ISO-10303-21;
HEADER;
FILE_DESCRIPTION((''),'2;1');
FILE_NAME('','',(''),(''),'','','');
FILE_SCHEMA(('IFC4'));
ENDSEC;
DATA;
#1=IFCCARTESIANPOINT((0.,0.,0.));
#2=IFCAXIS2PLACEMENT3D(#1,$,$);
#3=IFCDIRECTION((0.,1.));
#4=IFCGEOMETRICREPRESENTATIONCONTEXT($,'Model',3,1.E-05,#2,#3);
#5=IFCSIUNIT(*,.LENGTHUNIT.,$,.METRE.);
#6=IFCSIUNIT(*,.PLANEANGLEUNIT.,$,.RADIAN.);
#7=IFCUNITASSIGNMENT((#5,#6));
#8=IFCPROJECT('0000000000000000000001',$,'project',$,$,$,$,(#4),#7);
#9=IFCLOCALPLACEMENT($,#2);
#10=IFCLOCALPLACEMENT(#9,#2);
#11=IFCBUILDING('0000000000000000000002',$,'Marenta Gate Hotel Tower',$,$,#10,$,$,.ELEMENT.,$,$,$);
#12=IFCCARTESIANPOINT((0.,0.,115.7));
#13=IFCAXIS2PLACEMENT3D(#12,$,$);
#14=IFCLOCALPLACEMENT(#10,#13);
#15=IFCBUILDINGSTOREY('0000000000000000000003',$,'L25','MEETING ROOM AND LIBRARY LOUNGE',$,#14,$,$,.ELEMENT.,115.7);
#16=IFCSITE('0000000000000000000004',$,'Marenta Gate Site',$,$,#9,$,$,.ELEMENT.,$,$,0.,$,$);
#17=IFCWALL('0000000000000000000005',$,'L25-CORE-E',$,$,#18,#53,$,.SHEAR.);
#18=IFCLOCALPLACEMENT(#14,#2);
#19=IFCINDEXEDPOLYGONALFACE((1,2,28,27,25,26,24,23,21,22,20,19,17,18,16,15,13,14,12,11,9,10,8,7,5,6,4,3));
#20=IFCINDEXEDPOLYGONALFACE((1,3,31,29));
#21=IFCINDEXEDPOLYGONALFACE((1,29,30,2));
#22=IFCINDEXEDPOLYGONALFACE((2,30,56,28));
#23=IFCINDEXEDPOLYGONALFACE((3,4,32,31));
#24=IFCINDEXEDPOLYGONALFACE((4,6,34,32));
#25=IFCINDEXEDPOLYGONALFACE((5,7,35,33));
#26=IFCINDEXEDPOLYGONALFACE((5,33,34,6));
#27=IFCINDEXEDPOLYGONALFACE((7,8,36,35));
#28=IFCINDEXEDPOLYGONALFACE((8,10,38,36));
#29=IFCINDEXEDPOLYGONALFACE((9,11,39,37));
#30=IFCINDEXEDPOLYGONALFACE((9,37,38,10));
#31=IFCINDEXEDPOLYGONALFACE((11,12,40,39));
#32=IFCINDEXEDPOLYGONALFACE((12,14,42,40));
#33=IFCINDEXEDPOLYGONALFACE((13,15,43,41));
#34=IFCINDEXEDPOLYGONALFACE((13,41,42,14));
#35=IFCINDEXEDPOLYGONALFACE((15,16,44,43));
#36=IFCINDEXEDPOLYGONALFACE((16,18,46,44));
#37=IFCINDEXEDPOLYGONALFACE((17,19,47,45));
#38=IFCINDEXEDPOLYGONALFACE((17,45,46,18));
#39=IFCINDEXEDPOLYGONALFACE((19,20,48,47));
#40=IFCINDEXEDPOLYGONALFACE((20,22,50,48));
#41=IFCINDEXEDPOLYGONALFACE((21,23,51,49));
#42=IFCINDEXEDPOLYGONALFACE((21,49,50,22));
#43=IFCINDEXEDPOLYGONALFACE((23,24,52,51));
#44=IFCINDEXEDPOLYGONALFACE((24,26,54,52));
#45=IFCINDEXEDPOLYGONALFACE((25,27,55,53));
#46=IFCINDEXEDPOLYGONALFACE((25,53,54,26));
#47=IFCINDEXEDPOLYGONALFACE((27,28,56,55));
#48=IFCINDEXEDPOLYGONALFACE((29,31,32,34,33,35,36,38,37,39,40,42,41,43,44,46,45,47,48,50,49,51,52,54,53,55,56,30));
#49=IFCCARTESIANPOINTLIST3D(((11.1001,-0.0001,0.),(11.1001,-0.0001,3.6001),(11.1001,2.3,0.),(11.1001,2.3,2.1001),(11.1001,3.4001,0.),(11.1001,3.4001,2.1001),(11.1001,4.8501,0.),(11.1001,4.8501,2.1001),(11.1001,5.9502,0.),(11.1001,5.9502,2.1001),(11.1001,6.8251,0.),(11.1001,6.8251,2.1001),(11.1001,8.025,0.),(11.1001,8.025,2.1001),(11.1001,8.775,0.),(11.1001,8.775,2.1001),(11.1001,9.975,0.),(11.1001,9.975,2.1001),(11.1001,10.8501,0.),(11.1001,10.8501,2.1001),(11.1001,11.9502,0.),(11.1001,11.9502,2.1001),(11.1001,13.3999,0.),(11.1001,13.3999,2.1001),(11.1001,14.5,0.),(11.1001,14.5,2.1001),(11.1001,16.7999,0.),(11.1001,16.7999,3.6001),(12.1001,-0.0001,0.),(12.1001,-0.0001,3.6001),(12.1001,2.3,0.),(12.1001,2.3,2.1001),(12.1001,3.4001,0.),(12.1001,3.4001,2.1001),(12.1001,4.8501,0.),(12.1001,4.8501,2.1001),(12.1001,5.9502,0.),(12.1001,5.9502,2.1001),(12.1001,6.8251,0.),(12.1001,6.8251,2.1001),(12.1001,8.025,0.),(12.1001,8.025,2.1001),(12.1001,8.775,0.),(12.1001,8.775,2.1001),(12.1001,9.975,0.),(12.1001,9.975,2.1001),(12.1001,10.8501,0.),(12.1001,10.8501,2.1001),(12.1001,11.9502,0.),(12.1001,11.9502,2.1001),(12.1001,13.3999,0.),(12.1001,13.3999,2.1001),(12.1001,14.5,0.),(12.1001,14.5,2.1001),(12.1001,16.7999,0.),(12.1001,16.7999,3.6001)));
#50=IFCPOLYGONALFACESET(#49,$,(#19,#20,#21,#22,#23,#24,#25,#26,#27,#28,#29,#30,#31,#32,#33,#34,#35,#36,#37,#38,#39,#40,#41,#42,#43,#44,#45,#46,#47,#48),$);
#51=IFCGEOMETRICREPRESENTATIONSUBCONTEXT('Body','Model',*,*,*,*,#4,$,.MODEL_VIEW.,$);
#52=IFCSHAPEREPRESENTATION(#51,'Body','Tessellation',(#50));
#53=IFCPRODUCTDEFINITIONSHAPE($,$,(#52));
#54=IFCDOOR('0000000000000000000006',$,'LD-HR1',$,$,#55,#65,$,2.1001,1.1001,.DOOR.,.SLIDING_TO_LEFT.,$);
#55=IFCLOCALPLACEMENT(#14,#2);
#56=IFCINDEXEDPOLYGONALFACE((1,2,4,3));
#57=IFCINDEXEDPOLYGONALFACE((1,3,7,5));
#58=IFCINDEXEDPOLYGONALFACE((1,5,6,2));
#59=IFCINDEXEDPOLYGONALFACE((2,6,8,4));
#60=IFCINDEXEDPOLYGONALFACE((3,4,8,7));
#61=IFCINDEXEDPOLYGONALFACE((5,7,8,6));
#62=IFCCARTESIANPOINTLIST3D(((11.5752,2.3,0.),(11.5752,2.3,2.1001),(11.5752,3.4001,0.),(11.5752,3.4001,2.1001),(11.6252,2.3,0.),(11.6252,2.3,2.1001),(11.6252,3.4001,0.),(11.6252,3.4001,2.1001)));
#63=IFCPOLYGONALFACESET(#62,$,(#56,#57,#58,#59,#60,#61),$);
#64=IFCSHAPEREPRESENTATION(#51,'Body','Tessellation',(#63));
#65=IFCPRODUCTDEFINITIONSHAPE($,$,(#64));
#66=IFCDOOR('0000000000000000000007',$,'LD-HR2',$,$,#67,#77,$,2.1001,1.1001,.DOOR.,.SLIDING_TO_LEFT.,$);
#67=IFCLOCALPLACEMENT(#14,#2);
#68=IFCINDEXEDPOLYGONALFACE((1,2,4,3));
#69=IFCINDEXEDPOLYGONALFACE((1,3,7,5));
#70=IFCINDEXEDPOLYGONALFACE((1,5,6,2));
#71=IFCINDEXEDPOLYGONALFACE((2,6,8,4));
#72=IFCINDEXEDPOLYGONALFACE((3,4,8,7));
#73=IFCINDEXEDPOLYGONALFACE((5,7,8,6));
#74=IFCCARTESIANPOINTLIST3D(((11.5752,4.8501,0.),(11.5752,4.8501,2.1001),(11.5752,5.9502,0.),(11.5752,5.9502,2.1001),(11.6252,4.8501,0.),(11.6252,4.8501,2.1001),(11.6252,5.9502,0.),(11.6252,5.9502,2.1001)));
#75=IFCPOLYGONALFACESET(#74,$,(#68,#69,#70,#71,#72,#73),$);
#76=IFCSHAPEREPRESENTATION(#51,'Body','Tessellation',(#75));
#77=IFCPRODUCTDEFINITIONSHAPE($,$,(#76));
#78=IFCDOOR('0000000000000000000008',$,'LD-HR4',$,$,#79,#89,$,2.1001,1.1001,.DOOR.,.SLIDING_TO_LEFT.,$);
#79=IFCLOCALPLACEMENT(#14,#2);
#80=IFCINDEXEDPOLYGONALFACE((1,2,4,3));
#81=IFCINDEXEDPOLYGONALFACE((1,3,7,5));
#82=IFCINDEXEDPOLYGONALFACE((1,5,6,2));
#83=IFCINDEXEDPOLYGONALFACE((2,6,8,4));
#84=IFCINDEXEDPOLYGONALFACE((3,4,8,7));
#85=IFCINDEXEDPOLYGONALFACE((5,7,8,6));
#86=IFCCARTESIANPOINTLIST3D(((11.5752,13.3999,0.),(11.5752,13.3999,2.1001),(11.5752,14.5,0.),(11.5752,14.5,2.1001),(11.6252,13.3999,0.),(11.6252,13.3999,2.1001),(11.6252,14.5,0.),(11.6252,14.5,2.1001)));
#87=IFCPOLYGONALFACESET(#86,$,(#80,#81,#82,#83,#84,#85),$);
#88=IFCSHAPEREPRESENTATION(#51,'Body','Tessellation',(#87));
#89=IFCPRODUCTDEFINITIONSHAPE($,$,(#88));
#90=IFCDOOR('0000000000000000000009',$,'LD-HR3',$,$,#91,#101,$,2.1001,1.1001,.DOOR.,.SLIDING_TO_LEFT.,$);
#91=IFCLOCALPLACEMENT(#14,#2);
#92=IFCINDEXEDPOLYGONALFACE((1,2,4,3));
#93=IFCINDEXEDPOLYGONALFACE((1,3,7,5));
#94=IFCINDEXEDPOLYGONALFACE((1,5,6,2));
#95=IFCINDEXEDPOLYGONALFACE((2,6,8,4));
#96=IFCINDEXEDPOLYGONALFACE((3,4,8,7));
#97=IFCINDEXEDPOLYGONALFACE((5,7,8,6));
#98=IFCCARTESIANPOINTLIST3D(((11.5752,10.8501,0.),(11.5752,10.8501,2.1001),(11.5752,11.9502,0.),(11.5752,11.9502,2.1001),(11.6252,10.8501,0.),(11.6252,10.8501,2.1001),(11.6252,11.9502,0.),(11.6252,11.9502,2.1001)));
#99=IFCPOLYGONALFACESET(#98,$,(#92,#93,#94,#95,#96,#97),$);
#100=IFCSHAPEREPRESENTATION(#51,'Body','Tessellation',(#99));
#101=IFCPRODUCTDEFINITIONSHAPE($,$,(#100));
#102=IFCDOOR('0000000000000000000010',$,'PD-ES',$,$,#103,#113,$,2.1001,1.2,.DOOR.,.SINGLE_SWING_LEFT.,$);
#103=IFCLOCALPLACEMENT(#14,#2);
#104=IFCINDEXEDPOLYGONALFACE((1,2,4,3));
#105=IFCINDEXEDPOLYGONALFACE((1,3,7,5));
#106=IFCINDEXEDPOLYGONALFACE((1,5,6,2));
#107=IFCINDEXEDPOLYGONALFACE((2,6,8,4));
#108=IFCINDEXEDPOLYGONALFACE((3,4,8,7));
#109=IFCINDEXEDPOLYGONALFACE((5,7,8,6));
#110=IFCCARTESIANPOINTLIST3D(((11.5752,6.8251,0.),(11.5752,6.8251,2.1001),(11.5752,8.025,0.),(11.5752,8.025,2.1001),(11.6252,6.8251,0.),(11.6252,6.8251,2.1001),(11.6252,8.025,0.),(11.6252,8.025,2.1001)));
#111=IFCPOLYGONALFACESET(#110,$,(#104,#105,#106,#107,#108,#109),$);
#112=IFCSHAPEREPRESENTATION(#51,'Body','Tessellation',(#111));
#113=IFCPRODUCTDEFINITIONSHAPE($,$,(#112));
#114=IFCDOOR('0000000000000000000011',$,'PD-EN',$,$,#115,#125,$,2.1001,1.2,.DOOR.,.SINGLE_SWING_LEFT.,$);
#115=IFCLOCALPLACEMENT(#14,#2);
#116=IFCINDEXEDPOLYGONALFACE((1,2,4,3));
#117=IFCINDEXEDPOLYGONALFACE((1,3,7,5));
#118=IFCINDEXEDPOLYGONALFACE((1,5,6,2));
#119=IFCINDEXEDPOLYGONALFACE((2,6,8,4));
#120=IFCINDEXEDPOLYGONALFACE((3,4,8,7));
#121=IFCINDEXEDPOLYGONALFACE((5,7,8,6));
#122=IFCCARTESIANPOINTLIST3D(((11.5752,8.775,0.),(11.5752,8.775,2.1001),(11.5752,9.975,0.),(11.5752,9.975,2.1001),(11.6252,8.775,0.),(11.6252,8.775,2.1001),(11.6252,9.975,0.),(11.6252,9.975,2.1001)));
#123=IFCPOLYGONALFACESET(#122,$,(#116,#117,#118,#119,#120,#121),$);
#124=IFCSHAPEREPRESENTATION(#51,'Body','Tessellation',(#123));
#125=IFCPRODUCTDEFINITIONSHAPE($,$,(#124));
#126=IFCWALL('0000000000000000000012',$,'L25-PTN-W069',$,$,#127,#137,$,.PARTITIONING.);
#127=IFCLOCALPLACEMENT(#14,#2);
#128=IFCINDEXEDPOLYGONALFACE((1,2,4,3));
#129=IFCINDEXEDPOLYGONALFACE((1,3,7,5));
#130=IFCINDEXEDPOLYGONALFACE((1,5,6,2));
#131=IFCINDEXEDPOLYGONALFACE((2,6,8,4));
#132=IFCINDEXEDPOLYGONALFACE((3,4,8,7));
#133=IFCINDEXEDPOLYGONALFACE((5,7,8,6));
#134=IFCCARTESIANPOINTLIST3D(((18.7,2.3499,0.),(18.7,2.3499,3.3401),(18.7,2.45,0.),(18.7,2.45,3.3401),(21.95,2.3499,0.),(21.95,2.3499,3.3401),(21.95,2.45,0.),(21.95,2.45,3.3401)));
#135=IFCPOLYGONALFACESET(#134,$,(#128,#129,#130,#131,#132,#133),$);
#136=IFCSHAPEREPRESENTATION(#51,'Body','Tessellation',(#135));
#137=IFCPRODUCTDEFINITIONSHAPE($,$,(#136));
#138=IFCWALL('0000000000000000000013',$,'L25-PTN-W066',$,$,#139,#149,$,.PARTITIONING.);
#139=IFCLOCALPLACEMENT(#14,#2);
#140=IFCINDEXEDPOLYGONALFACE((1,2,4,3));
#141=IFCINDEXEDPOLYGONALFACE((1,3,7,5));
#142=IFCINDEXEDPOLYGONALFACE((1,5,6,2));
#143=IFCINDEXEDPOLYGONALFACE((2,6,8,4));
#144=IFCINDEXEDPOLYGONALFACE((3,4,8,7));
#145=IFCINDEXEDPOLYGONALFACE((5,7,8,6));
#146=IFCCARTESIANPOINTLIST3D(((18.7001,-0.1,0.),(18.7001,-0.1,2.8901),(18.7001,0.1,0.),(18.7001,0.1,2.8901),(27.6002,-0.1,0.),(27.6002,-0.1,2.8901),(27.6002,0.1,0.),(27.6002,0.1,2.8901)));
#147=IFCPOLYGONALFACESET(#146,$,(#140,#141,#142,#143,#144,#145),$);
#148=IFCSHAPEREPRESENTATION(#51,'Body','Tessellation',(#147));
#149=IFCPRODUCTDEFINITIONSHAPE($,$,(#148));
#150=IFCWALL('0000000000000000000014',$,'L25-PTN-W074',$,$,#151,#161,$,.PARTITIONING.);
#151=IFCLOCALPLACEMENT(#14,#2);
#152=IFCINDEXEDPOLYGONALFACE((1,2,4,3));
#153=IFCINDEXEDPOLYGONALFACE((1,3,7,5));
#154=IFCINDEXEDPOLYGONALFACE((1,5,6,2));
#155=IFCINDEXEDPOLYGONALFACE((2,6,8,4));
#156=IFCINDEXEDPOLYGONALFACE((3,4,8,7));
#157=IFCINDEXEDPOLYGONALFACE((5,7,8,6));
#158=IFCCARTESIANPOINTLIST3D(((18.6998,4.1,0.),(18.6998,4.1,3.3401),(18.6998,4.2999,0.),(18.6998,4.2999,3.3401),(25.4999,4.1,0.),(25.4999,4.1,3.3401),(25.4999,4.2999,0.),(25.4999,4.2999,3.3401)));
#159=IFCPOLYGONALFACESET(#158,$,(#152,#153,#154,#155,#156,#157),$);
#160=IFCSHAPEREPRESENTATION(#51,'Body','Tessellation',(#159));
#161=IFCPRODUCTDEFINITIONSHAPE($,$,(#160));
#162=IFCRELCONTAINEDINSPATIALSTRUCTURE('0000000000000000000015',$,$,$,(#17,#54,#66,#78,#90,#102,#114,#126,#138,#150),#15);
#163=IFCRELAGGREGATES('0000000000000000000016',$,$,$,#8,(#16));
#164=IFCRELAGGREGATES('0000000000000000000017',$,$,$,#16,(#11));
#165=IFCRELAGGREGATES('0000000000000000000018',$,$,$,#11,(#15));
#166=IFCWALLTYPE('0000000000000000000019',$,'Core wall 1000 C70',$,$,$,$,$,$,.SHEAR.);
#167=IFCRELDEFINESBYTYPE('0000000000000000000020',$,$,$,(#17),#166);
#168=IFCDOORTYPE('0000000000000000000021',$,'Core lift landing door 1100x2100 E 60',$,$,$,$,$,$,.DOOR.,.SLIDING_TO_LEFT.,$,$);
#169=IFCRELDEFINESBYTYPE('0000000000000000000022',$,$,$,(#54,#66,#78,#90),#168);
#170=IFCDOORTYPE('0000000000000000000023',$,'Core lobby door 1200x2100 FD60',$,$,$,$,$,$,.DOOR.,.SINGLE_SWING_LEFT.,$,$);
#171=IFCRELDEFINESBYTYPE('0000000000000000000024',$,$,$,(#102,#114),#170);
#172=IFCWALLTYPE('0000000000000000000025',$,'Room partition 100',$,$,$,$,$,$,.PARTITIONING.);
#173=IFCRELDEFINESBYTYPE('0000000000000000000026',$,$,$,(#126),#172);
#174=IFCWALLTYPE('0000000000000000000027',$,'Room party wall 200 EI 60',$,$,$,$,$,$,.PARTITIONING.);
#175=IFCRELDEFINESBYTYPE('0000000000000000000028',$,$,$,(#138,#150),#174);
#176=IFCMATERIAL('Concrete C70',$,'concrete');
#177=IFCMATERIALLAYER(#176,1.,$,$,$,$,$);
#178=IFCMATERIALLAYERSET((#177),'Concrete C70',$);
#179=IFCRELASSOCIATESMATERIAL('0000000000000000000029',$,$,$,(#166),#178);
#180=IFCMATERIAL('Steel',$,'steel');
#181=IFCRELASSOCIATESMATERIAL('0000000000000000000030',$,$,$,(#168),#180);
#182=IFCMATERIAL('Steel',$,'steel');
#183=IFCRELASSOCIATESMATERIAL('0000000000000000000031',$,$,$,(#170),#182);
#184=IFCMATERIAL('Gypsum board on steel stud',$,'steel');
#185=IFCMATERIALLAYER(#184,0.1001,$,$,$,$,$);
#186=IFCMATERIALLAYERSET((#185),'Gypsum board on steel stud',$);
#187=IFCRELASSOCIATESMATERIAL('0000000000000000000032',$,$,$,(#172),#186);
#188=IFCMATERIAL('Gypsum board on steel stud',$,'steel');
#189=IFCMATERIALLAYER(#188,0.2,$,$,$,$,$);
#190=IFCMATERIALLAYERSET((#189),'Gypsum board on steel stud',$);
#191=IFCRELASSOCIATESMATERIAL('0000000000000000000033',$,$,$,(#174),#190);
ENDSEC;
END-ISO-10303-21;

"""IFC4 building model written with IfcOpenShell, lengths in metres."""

from ifc_helpers import new_model, si_unit, direction, frame, frame_2d, origin, place, context, subcontext, project, spatial, rectangle, extrude, material, layer, layer_set, type_object, element, fill, save


model = new_model("IFC4")

# Units and contexts
model_context = context("Model", 3, precision=1e-05, world=origin(), true_north=direction((0.0, 1.0)))
body_context = subcontext(model_context, "Body", "Model", "MODEL_VIEW")
ifc_project = project(units=[si_unit("LENGTHUNIT", "METRE"), si_unit("PLANEANGLEUNIT", "RADIAN")], contexts=[model_context])

# Site, building, storey
site_placement = place(None, origin())
site = spatial("IfcSite", under=ifc_project, at=site_placement, Name="Marenta Gate Site", CompositionType="ELEMENT", RefElevation=0.0)
building_placement = place(site_placement, origin())
building = spatial("IfcBuilding", under=site, at=building_placement, Name="Marenta Gate Hotel Tower", CompositionType="ELEMENT")
storey_placement = place(building_placement, frame((0.0, 0.0, 115.7)))
storey = spatial("IfcBuildingStorey", under=building, at=storey_placement, Name="L25", Description="MEETING ROOM AND LIBRARY LOUNGE", CompositionType="ELEMENT", Elevation=115.7)

# Wall, openings, doors
ifc_material_1 = material(Name="Concrete C70", Category="concrete")
ifc_layer_1 = layer(ifc_material_1, 1.0)
ifc_layer_set_1 = layer_set([ifc_layer_1], Name="Concrete C70")
wall_type_1 = type_object("IfcWallType", Name="Core wall 1000 C70", PredefinedType="SHEAR", material=ifc_layer_set_1)
wall_1_placement = place(storey_placement, frame((11.6001, 0.0, 0.0), z_axis=(0.0, 0.0, 1.0), x_axis=(0.0, 1.0, 0.0)))
wall_1 = element("IfcWall", 1, at=wall_1_placement, inside=storey, type_object=wall_type_1, Name="L25-CORE-E", PredefinedType="SHEAR", context=body_context, shape_type="SweptSolid", body=[
    extrude(rectangle(XDim=16.8, YDim=1.0, at=frame_2d((8.3999, 0.0))), origin(), (0.0, 0.0, 1.0), 3.6001),
])
opening_1_placement = place(wall_1_placement, frame((2.3, 0.0, 0.0)))
opening_1 = element("IfcOpeningElement", 2, at=opening_1_placement, cuts=wall_1, PredefinedType="OPENING", context=body_context, shape_type="SweptSolid", body=[
    extrude(rectangle(XDim=1.1001, YDim=2.1001, at=frame_2d((0.55, 1.05))), frame((0.0, 0.5, 0.0), z_axis=(0.0, -1.0, 0.0), x_axis=(1.0, 0.0, 0.0)), (0.0, 0.0, 1.0), 1.0),
])
opening_2_placement = place(wall_1_placement, frame((4.8501, 0.0, 0.0)))
opening_2 = element("IfcOpeningElement", 3, at=opening_2_placement, cuts=wall_1, PredefinedType="OPENING", context=body_context, shape_type="SweptSolid", body=[
    extrude(rectangle(XDim=1.1001, YDim=2.1001, at=frame_2d((0.55, 1.05))), frame((0.0, 0.5, 0.0), z_axis=(0.0, -1.0, 0.0), x_axis=(1.0, 0.0, 0.0)), (0.0, 0.0, 1.0), 1.0),
])
opening_3_placement = place(wall_1_placement, frame((6.825, 0.0, 0.0)))
opening_3 = element("IfcOpeningElement", 4, at=opening_3_placement, cuts=wall_1, PredefinedType="OPENING", context=body_context, shape_type="SweptSolid", body=[
    extrude(rectangle(XDim=1.2, YDim=2.1001, at=frame_2d((0.6001, 1.05))), frame((0.0, 0.5, 0.0), z_axis=(0.0, -1.0, 0.0), x_axis=(1.0, 0.0, 0.0)), (0.0, 0.0, 1.0), 1.0),
])
opening_4_placement = place(wall_1_placement, frame((13.3999, 0.0, 0.0)))
opening_4 = element("IfcOpeningElement", 5, at=opening_4_placement, cuts=wall_1, PredefinedType="OPENING", context=body_context, shape_type="SweptSolid", body=[
    extrude(rectangle(XDim=1.1001, YDim=2.1001, at=frame_2d((0.55, 1.05))), frame((0.0, 0.5, 0.0), z_axis=(0.0, -1.0, 0.0), x_axis=(1.0, 0.0, 0.0)), (0.0, 0.0, 1.0), 1.0),
])
opening_5_placement = place(wall_1_placement, frame((10.8501, 0.0, 0.0)))
opening_5 = element("IfcOpeningElement", 6, at=opening_5_placement, cuts=wall_1, PredefinedType="OPENING", context=body_context, shape_type="SweptSolid", body=[
    extrude(rectangle(XDim=1.1001, YDim=2.1001, at=frame_2d((0.55, 1.05))), frame((0.0, 0.5, 0.0), z_axis=(0.0, -1.0, 0.0), x_axis=(1.0, 0.0, 0.0)), (0.0, 0.0, 1.0), 1.0),
])
opening_6_placement = place(wall_1_placement, frame((8.7749, 0.0, 0.0)))
opening_6 = element("IfcOpeningElement", 7, at=opening_6_placement, cuts=wall_1, PredefinedType="OPENING", context=body_context, shape_type="SweptSolid", body=[
    extrude(rectangle(XDim=1.2, YDim=2.1001, at=frame_2d((0.6001, 1.05))), frame((0.0, 0.5, 0.0), z_axis=(0.0, -1.0, 0.0), x_axis=(1.0, 0.0, 0.0)), (0.0, 0.0, 1.0), 1.0),
])
ifc_material_2 = material(Name="Steel", Category="steel")
door_type_1 = type_object("IfcDoorType", Name="Core lift landing door 1100x2100 E 60", OperationType="SLIDING_TO_LEFT", PredefinedType="DOOR", material=ifc_material_2)
door_1_placement = place(opening_1_placement, origin())
door_1 = element("IfcDoor", 8, at=door_1_placement, inside=storey, type_object=door_type_1, Name="LD-HR1", OperationType="SLIDING_TO_LEFT", OverallHeight=2.1001, OverallWidth=1.1001, PredefinedType="DOOR", context=body_context, shape_type="SweptSolid", body=[
    extrude(rectangle(XDim=1.1001, YDim=2.1001, at=frame_2d((0.55, 1.05))), frame((0.0, 0.0249, 0.0), z_axis=(0.0, -1.0, 0.0), x_axis=(1.0, 0.0, 0.0)), (0.0, 0.0, 1.0), 0.05),
])
fill(opening_1, door_1)
door_2_placement = place(opening_2_placement, origin())
door_2 = element("IfcDoor", 9, at=door_2_placement, inside=storey, type_object=door_type_1, Name="LD-HR2", OperationType="SLIDING_TO_LEFT", OverallHeight=2.1001, OverallWidth=1.1001, PredefinedType="DOOR", context=body_context, shape_type="SweptSolid", body=[
    extrude(rectangle(XDim=1.1001, YDim=2.1001, at=frame_2d((0.55, 1.05))), frame((0.0, 0.0249, 0.0), z_axis=(0.0, -1.0, 0.0), x_axis=(1.0, 0.0, 0.0)), (0.0, 0.0, 1.0), 0.05),
])
fill(opening_2, door_2)
door_3_placement = place(opening_4_placement, origin())
door_3 = element("IfcDoor", 10, at=door_3_placement, inside=storey, type_object=door_type_1, Name="LD-HR4", OperationType="SLIDING_TO_LEFT", OverallHeight=2.1001, OverallWidth=1.1001, PredefinedType="DOOR", context=body_context, shape_type="SweptSolid", body=[
    extrude(rectangle(XDim=1.1001, YDim=2.1001, at=frame_2d((0.55, 1.05))), frame((0.0, 0.0249, 0.0), z_axis=(0.0, -1.0, 0.0), x_axis=(1.0, 0.0, 0.0)), (0.0, 0.0, 1.0), 0.05),
])
fill(opening_4, door_3)
door_4_placement = place(opening_5_placement, origin())
door_4 = element("IfcDoor", 11, at=door_4_placement, inside=storey, type_object=door_type_1, Name="LD-HR3", OperationType="SLIDING_TO_LEFT", OverallHeight=2.1001, OverallWidth=1.1001, PredefinedType="DOOR", context=body_context, shape_type="SweptSolid", body=[
    extrude(rectangle(XDim=1.1001, YDim=2.1001, at=frame_2d((0.55, 1.05))), frame((0.0, 0.0249, 0.0), z_axis=(0.0, -1.0, 0.0), x_axis=(1.0, 0.0, 0.0)), (0.0, 0.0, 1.0), 0.05),
])
fill(opening_5, door_4)
ifc_material_3 = material(Name="Steel", Category="steel")
door_type_2 = type_object("IfcDoorType", Name="Core lobby door 1200x2100 FD60", OperationType="SINGLE_SWING_LEFT", PredefinedType="DOOR", material=ifc_material_3)
door_5_placement = place(opening_3_placement, origin())
door_5 = element("IfcDoor", 12, at=door_5_placement, inside=storey, type_object=door_type_2, Name="PD-ES", OperationType="SINGLE_SWING_LEFT", OverallHeight=2.1001, OverallWidth=1.2, PredefinedType="DOOR", context=body_context, shape_type="SweptSolid", body=[
    extrude(rectangle(XDim=1.2, YDim=2.1001, at=frame_2d((0.6001, 1.05))), frame((0.0, 0.0249, 0.0), z_axis=(0.0, -1.0, 0.0), x_axis=(1.0, 0.0, 0.0)), (0.0, 0.0, 1.0), 0.05),
])
fill(opening_3, door_5)
door_6_placement = place(opening_6_placement, origin())
door_6 = element("IfcDoor", 13, at=door_6_placement, inside=storey, type_object=door_type_2, Name="PD-EN", OperationType="SINGLE_SWING_LEFT", OverallHeight=2.1001, OverallWidth=1.2, PredefinedType="DOOR", context=body_context, shape_type="SweptSolid", body=[
    extrude(rectangle(XDim=1.2, YDim=2.1001, at=frame_2d((0.6001, 1.05))), frame((0.0, 0.0249, 0.0), z_axis=(0.0, -1.0, 0.0), x_axis=(1.0, 0.0, 0.0)), (0.0, 0.0, 1.0), 0.05),
])
fill(opening_6, door_6)

# Walls
ifc_material_4 = material(Name="Gypsum board on steel stud", Category="steel")
ifc_layer_2 = layer(ifc_material_4, 0.1001)
ifc_layer_set_2 = layer_set([ifc_layer_2], Name="Gypsum board on steel stud")
wall_type_2 = type_object("IfcWallType", Name="Room partition 100", PredefinedType="PARTITIONING", material=ifc_layer_set_2)
wall_2_placement = place(storey_placement, frame((18.7, 2.3999, 0.0), z_axis=(0.0, 0.0, 1.0), x_axis=(1.0, 0.0, 0.0)))
element("IfcWall", 14, at=wall_2_placement, inside=storey, type_object=wall_type_2, Name="L25-PTN-W069", PredefinedType="PARTITIONING", context=body_context, shape_type="SweptSolid", body=[
    extrude(rectangle(XDim=3.25, YDim=0.1001, at=frame_2d((1.625, 0.0))), origin(), (0.0, 0.0, 1.0), 3.3401),
])
ifc_material_5 = material(Name="Gypsum board on steel stud", Category="steel")
ifc_layer_3 = layer(ifc_material_5, 0.2)
ifc_layer_set_3 = layer_set([ifc_layer_3], Name="Gypsum board on steel stud")
wall_type_3 = type_object("IfcWallType", Name="Room party wall 200 EI 60", PredefinedType="PARTITIONING", material=ifc_layer_set_3)
wall_3_placement = place(storey_placement, frame((18.7, 0.0, 0.0), z_axis=(0.0, 0.0, 1.0), x_axis=(1.0, 0.0, 0.0)))
element("IfcWall", 15, at=wall_3_placement, inside=storey, type_object=wall_type_3, Name="L25-PTN-W066", PredefinedType="PARTITIONING", context=body_context, shape_type="SweptSolid", body=[
    extrude(rectangle(XDim=8.9001, YDim=0.2, at=frame_2d((4.4502, 0.0))), origin(), (0.0, 0.0, 1.0), 2.8901),
])
wall_4_placement = place(storey_placement, frame((18.7, 4.2, 0.0), z_axis=(0.0, 0.0, 1.0), x_axis=(1.0, 0.0, 0.0)))
element("IfcWall", 16, at=wall_4_placement, inside=storey, type_object=wall_type_3, Name="L25-PTN-W074", PredefinedType="PARTITIONING", context=body_context, shape_type="SweptSolid", body=[
    extrude(rectangle(XDim=6.8, YDim=0.2, at=frame_2d((3.3999, 0.0))), origin(), (0.0, 0.0, 1.0), 3.3401),
])

save(model, "model.ifc")
